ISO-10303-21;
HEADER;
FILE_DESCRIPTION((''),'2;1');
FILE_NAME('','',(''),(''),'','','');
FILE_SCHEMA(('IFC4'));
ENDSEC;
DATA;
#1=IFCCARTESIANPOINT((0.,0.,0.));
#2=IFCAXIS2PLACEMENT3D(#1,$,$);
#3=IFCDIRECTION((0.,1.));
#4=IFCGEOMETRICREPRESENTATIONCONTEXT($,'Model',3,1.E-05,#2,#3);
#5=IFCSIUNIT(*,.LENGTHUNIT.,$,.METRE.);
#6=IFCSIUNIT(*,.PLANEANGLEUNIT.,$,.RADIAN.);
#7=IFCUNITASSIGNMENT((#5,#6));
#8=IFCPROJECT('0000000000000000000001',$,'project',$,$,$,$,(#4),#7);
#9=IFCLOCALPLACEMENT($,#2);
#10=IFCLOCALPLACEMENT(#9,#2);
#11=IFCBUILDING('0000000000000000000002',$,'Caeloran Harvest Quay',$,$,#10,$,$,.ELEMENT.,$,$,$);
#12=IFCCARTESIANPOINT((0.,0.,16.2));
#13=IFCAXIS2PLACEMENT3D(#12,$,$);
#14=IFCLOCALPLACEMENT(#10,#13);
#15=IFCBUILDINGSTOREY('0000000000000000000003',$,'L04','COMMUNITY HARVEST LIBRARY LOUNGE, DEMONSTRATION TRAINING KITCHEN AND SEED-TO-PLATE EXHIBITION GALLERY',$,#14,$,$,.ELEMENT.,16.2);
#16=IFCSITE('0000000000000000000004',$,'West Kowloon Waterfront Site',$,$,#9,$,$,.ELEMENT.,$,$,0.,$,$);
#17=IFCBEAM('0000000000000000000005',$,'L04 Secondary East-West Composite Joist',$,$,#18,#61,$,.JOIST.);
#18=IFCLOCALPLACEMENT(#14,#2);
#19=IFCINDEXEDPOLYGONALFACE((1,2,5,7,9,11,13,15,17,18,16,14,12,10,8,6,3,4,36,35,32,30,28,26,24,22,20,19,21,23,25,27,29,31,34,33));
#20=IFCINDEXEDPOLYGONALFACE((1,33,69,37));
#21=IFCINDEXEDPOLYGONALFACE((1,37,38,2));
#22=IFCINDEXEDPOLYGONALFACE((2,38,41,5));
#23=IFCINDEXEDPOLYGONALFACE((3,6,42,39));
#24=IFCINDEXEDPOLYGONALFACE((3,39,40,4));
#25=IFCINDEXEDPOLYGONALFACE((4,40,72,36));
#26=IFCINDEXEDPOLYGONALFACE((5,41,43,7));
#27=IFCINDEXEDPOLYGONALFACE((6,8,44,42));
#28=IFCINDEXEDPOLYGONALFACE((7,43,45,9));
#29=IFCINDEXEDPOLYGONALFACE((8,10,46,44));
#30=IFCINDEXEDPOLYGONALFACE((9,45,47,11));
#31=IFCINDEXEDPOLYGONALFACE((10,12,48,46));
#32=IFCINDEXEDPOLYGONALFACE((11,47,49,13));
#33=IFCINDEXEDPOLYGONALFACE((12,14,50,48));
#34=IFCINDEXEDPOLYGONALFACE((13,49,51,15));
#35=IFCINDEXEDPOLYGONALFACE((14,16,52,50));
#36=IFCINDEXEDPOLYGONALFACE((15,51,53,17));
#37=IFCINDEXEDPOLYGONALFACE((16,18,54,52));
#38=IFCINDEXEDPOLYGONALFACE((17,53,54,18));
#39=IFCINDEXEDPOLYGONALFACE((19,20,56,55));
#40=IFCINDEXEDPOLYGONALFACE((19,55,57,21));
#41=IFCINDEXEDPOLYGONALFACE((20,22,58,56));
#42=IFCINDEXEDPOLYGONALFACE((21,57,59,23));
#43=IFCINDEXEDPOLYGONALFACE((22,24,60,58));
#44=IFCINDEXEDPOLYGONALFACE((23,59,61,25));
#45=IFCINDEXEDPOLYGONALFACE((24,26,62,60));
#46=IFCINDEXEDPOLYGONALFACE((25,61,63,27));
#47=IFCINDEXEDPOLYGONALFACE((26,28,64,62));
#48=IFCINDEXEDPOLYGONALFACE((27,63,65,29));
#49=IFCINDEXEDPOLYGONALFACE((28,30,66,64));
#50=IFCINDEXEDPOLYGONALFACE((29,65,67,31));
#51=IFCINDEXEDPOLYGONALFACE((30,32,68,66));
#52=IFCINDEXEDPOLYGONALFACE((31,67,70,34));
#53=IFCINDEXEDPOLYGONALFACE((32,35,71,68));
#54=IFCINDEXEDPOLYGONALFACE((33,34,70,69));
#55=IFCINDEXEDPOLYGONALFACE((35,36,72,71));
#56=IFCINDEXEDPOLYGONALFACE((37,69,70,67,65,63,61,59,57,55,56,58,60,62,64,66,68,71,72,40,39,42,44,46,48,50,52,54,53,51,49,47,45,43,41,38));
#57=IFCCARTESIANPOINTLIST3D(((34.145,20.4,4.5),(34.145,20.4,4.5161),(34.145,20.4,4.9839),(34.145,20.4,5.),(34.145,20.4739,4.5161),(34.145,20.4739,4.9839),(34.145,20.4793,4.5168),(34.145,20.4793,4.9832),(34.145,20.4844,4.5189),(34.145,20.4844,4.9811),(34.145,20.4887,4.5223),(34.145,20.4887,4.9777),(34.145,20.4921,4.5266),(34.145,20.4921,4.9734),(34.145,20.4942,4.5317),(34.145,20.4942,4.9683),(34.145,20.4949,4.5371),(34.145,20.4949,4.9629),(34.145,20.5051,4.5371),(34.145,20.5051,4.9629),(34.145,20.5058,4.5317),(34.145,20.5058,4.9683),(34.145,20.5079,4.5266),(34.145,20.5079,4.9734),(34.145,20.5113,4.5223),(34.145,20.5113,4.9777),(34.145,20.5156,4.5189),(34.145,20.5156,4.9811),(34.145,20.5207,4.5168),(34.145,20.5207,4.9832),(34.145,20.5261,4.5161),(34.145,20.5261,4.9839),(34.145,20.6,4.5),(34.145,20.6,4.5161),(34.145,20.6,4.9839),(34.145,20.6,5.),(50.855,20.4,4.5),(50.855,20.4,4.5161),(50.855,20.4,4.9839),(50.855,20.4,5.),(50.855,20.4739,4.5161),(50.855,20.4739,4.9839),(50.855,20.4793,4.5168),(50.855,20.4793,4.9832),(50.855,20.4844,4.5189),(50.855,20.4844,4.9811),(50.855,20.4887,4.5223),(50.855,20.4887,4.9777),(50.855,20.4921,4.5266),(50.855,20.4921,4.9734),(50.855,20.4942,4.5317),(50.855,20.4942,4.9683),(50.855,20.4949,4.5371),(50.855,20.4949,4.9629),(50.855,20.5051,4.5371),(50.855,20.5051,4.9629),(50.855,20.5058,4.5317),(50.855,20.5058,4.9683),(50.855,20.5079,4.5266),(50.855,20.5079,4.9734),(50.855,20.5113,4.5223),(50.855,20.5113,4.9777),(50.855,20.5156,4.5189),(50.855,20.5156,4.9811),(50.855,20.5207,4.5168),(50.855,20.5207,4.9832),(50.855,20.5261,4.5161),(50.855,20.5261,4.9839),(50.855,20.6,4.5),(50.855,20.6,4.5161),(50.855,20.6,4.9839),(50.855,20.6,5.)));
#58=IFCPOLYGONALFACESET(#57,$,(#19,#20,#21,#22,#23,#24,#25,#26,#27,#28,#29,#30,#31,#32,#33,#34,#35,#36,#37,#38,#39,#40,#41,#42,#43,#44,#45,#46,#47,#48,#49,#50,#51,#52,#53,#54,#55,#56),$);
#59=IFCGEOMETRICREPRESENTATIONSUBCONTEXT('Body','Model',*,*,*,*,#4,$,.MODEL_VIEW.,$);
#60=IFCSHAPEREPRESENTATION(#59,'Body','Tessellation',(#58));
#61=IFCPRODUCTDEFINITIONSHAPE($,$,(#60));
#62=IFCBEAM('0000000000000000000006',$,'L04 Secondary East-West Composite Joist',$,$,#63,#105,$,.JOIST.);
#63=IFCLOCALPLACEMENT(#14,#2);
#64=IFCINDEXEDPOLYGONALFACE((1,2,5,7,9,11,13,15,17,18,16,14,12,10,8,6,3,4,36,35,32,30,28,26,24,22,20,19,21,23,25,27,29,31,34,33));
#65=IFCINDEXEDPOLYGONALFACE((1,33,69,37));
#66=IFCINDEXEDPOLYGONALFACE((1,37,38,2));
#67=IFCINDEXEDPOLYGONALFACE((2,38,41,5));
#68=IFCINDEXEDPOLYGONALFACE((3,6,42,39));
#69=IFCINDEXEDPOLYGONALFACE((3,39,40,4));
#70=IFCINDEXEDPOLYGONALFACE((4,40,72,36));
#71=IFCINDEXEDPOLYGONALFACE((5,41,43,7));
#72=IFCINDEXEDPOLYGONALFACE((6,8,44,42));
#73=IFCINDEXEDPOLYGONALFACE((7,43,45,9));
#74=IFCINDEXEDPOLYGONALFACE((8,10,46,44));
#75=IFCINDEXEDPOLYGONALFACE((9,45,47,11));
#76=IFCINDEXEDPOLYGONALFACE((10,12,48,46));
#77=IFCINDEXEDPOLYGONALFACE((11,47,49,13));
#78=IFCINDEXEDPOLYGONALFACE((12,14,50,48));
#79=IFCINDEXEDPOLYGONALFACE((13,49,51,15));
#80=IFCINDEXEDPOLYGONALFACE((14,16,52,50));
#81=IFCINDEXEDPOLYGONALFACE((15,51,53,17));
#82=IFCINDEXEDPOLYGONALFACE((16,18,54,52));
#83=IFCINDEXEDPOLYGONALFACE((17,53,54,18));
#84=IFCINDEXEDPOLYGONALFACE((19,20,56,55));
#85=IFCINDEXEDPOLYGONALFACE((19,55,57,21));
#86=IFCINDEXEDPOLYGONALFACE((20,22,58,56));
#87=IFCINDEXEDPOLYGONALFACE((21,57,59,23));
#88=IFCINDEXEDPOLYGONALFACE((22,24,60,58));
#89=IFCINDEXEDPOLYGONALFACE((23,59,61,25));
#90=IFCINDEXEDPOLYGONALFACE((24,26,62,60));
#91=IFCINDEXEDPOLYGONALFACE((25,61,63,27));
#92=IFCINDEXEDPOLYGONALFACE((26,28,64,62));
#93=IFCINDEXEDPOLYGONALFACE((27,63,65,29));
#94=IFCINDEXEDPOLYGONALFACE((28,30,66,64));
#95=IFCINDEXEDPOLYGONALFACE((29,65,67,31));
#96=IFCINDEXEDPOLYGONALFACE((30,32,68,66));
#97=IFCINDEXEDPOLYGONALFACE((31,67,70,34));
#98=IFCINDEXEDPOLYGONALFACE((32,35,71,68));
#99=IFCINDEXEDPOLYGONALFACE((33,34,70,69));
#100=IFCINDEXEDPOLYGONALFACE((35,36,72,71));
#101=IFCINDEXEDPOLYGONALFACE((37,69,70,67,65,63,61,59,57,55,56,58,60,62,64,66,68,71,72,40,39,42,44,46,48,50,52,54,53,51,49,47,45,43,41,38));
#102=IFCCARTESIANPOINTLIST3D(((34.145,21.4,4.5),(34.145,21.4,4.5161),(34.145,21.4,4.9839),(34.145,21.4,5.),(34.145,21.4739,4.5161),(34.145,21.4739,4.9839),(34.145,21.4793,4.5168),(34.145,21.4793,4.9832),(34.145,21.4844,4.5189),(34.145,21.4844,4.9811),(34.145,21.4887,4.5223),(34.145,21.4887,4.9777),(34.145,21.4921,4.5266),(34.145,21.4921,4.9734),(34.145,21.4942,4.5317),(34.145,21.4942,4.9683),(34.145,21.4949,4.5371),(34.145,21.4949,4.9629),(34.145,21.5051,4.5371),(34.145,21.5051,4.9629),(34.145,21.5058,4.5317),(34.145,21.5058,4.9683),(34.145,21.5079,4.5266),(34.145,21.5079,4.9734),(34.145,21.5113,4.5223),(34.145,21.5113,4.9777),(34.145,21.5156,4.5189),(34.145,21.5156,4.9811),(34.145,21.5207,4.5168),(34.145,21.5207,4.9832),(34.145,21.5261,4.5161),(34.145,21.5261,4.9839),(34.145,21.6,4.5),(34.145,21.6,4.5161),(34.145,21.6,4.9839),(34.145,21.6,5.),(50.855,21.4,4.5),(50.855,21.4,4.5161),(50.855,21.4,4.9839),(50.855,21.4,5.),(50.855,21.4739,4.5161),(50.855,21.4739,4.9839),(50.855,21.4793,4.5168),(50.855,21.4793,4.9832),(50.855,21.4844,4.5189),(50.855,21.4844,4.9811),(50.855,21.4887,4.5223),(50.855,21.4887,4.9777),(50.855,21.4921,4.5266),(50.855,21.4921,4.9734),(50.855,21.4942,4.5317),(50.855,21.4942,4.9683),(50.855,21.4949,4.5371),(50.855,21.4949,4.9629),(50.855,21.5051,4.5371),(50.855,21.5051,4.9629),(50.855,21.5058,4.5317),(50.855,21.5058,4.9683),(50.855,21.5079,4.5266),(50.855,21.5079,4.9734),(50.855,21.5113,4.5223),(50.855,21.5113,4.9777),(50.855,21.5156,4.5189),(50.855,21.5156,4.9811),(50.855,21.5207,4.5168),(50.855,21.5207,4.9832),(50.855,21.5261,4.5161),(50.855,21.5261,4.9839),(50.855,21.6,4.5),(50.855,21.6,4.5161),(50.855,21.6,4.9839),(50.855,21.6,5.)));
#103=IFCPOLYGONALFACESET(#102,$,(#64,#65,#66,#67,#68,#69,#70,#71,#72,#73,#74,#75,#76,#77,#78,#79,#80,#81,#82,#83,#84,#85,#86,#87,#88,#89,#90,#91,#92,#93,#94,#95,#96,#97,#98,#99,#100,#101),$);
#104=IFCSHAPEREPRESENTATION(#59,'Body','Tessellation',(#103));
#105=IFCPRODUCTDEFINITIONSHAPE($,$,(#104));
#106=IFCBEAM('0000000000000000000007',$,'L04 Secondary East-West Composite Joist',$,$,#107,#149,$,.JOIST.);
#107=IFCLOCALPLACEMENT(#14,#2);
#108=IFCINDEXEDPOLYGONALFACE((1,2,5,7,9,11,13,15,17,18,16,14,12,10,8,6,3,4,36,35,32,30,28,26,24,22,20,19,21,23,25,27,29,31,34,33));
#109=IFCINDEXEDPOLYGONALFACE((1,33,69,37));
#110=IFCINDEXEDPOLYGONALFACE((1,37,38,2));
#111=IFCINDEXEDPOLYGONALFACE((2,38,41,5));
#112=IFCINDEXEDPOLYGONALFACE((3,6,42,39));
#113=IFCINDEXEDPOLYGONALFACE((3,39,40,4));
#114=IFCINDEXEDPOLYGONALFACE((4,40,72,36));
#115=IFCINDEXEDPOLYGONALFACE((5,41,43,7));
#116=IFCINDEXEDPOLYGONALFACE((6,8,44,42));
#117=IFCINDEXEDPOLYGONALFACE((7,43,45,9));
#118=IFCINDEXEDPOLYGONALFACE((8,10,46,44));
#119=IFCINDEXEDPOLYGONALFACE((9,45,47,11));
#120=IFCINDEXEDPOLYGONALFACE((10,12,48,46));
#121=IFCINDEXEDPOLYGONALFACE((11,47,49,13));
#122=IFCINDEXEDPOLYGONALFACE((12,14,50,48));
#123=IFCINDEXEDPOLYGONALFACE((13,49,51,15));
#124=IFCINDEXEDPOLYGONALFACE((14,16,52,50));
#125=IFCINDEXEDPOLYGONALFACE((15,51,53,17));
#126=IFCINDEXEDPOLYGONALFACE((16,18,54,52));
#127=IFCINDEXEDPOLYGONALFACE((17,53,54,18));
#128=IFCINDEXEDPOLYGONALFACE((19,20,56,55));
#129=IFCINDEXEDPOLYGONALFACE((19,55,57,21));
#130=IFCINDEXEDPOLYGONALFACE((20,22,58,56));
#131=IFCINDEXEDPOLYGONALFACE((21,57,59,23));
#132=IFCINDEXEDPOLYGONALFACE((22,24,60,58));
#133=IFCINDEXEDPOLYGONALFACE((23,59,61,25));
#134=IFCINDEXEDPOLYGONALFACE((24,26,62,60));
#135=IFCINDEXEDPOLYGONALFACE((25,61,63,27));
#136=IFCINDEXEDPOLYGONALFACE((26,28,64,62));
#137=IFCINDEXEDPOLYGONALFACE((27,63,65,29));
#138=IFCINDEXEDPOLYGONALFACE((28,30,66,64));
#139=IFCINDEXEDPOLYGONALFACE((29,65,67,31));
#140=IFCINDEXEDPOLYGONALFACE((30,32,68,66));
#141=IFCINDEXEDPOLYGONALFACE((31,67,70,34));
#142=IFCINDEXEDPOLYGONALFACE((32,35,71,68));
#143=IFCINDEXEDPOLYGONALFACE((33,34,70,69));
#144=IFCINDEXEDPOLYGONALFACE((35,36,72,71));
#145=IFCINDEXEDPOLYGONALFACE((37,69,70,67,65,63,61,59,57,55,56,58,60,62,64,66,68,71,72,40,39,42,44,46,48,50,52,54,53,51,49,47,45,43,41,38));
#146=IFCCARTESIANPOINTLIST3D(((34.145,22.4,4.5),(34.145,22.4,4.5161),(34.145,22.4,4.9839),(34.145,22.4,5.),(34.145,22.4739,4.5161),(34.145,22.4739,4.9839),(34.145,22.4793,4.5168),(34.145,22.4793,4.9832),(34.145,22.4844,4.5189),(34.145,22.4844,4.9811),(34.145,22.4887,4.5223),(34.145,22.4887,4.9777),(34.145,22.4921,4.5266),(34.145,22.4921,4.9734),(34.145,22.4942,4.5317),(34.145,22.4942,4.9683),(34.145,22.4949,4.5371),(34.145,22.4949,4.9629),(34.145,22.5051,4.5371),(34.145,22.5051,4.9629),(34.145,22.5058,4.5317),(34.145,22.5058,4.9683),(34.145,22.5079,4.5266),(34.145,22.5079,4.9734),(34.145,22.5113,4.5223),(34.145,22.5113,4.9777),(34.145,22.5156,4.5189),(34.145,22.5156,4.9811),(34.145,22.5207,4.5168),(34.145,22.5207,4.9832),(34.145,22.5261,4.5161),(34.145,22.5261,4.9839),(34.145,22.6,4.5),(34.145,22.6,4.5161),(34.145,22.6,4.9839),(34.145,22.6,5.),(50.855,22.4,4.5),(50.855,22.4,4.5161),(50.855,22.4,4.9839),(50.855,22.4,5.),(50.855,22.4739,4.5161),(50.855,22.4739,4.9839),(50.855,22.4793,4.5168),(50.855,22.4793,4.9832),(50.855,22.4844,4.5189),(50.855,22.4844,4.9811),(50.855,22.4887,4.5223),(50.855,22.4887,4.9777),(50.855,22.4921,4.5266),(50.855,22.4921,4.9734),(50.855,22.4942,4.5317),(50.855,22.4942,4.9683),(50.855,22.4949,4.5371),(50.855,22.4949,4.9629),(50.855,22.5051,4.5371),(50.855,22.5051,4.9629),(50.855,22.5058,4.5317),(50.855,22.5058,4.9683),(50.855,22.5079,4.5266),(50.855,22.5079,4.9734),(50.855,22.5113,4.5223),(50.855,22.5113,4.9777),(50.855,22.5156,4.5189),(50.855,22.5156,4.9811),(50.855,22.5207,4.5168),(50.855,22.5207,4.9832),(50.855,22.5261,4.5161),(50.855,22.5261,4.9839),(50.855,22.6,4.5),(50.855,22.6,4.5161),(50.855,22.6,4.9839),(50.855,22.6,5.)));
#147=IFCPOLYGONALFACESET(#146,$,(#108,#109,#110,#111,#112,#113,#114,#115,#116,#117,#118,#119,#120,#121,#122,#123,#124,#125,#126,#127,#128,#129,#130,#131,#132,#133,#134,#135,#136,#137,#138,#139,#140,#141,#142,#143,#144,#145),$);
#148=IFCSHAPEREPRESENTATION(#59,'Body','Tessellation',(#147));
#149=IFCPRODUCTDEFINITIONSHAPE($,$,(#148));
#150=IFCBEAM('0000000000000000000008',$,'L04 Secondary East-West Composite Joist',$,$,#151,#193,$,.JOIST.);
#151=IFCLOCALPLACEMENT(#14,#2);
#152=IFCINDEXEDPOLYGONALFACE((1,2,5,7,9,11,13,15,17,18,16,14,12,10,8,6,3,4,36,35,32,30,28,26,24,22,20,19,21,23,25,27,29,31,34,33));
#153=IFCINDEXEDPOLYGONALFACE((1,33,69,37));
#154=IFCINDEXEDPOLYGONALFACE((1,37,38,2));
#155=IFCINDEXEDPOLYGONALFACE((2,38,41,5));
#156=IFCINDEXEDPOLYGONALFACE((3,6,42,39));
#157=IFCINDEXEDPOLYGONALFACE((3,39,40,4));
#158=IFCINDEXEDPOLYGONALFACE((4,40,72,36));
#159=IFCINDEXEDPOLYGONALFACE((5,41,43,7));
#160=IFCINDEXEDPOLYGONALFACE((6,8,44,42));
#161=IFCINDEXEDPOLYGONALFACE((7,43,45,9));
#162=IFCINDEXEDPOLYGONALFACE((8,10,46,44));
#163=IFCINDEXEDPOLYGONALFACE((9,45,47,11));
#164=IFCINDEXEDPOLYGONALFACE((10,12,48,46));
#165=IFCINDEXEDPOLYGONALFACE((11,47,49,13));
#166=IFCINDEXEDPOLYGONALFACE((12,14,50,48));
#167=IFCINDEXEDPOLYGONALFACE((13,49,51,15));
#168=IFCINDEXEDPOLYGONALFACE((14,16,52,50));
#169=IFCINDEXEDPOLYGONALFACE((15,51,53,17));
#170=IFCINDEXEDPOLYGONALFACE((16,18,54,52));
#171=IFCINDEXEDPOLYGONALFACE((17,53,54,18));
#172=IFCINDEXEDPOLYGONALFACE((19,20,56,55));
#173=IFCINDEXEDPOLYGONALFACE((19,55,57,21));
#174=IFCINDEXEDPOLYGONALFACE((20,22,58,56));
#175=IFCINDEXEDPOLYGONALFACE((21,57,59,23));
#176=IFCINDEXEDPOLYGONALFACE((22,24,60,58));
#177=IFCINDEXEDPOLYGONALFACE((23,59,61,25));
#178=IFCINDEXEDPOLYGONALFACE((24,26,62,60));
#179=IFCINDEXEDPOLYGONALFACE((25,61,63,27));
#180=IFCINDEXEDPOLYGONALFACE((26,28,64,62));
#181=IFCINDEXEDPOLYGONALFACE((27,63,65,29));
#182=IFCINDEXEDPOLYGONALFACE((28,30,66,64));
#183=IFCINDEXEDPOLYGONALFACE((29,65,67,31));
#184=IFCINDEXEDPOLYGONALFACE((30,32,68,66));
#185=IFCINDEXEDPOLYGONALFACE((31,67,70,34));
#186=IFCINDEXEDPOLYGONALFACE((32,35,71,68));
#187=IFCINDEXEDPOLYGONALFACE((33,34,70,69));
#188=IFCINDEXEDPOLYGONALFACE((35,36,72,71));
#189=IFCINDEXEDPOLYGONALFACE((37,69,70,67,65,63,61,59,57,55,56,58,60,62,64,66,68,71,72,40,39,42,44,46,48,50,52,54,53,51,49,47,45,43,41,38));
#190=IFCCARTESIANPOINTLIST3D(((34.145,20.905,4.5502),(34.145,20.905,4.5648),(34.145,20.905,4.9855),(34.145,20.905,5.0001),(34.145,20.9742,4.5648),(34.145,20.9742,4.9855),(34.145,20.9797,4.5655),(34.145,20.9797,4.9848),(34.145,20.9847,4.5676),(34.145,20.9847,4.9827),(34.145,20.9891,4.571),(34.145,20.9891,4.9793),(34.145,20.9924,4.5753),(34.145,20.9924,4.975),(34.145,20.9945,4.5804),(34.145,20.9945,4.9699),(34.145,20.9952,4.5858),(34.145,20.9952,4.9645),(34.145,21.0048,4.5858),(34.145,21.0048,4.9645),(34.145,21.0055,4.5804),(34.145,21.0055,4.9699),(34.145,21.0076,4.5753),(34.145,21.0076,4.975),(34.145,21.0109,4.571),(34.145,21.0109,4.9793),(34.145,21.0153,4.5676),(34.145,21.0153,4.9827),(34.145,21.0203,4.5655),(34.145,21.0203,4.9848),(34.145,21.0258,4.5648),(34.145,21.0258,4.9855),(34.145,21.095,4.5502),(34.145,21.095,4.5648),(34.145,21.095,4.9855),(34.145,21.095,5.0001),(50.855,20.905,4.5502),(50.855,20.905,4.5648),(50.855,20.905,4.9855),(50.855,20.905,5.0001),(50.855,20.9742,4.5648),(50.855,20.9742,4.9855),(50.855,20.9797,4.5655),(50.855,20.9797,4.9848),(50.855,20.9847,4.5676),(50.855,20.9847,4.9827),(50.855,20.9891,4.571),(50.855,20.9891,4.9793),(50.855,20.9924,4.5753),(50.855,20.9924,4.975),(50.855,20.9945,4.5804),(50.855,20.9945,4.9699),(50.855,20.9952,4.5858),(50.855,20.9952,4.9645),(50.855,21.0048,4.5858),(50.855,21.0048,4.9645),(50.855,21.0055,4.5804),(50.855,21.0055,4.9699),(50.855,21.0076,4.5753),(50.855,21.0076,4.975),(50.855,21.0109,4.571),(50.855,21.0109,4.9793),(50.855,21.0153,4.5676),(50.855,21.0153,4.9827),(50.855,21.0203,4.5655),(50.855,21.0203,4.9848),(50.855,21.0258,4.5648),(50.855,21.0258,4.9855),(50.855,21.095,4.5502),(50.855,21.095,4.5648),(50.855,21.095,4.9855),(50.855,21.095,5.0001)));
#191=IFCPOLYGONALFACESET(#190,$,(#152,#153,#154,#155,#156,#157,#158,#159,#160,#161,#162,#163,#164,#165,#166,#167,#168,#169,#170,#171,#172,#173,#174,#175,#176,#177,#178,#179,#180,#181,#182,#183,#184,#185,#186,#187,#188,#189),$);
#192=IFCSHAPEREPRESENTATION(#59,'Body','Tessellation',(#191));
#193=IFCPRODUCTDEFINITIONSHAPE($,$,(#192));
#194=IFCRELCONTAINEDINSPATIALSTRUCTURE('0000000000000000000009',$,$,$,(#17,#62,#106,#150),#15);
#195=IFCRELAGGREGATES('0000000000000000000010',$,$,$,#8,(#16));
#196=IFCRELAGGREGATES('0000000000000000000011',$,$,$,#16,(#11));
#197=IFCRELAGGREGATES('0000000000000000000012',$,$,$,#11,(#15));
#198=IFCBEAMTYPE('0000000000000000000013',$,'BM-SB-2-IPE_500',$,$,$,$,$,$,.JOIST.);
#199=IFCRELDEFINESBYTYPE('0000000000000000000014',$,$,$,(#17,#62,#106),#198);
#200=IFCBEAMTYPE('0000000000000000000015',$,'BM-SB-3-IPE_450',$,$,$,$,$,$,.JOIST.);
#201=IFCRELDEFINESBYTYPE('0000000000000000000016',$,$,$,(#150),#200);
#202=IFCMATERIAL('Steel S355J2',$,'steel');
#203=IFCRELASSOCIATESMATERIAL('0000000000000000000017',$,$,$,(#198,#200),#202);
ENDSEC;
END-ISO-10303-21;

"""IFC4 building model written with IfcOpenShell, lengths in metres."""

from ifc_helpers import new_model, si_unit, direction, frame, origin, origin_2d, place, context, subcontext, project, spatial, i_section, extrude, material, material_profile, profile_set, type_object, element, save


model = new_model("IFC4")

# Units and contexts
model_context = context("Model", 3, precision=1e-05, world=origin(), true_north=direction((0.0, 1.0)))
body_context = subcontext(model_context, "Body", "Model", "MODEL_VIEW")
ifc_project = project(units=[si_unit("LENGTHUNIT", "METRE"), si_unit("PLANEANGLEUNIT", "RADIAN")], contexts=[model_context])

# Site, building, storey
site_placement = place(None, origin())
site = spatial("IfcSite", under=ifc_project, at=site_placement, Name="West Kowloon Waterfront Site", CompositionType="ELEMENT", RefElevation=0.0)
building_placement = place(site_placement, origin())
building = spatial("IfcBuilding", under=site, at=building_placement, Name="Caeloran Harvest Quay", CompositionType="ELEMENT")
storey_placement = place(building_placement, frame((0.0, 0.0, 16.2)))
storey = spatial("IfcBuildingStorey", under=building, at=storey_placement, Name="L04", Description="COMMUNITY HARVEST LIBRARY LOUNGE, DEMONSTRATION TRAINING KITCHEN AND SEED-TO-PLATE EXHIBITION GALLERY", CompositionType="ELEMENT", Elevation=16.2)

# Beams
ifc_material_1 = material(Name="Steel S355J2", Category="steel")
ifc_material_profile_1 = material_profile(ifc_material_1, i_section(OverallWidth=0.2, OverallDepth=0.5, WebThickness=0.0103, FlangeThickness=0.0161, FilletRadius=0.021, at=origin_2d()), Name="IPE 500")
ifc_profile_set_1 = profile_set([ifc_material_profile_1], Name="Steel S355J2")
beam_type_1 = type_object("IfcBeamType", Name="BM-SB-2-IPE_500", PredefinedType="JOIST", material=ifc_profile_set_1)
for number, where, z_axis, x_axis, name in (
    (1, (34.145, 20.5, 4.75), (1.0, 0.0, 0.0), (0.0, 1.0, 0.0), "L04 Secondary East-West Composite Joist"),
    (2, (34.145, 21.5, 4.75), (1.0, 0.0, 0.0), (0.0, 1.0, 0.0), "L04 Secondary East-West Composite Joist"),
    (3, (34.145, 22.5, 4.75), (1.0, 0.0, 0.0), (0.0, 1.0, 0.0), "L04 Secondary East-West Composite Joist"),
):
    element("IfcBeam", number, at=place(storey_placement, frame(where, z_axis=z_axis, x_axis=x_axis)), inside=storey, type_object=beam_type_1, Name=name, PredefinedType="JOIST", context=body_context, shape_type="SweptSolid", body=[
        extrude(i_section(OverallWidth=0.2, OverallDepth=0.5, WebThickness=0.0103, FlangeThickness=0.0161, FilletRadius=0.021, at=origin_2d()), origin(), (0.0, 0.0, 1.0), 16.71),
    ])
ifc_material_profile_2 = material_profile(ifc_material_1, i_section(OverallWidth=0.1899, OverallDepth=0.45, WebThickness=0.0095, FlangeThickness=0.0146, FilletRadius=0.021, at=origin_2d()), Name="IPE 450")
ifc_profile_set_2 = profile_set([ifc_material_profile_2], Name="Steel S355J2")
beam_type_2 = type_object("IfcBeamType", Name="BM-SB-3-IPE_450", PredefinedType="JOIST", material=ifc_profile_set_2)
for number, where, z_axis, x_axis, name in (
    (4, (34.145, 21.0, 4.7751), (1.0, 0.0, 0.0), (0.0, 1.0, 0.0), "L04 Secondary East-West Composite Joist"),
):
    element("IfcBeam", number, at=place(storey_placement, frame(where, z_axis=z_axis, x_axis=x_axis)), inside=storey, type_object=beam_type_2, Name=name, PredefinedType="JOIST", context=body_context, shape_type="SweptSolid", body=[
        extrude(i_section(OverallWidth=0.1899, OverallDepth=0.45, WebThickness=0.0095, FlangeThickness=0.0146, FilletRadius=0.021, at=origin_2d()), origin(), (0.0, 0.0, 1.0), 16.71),
    ])

save(model, "model.ifc")
